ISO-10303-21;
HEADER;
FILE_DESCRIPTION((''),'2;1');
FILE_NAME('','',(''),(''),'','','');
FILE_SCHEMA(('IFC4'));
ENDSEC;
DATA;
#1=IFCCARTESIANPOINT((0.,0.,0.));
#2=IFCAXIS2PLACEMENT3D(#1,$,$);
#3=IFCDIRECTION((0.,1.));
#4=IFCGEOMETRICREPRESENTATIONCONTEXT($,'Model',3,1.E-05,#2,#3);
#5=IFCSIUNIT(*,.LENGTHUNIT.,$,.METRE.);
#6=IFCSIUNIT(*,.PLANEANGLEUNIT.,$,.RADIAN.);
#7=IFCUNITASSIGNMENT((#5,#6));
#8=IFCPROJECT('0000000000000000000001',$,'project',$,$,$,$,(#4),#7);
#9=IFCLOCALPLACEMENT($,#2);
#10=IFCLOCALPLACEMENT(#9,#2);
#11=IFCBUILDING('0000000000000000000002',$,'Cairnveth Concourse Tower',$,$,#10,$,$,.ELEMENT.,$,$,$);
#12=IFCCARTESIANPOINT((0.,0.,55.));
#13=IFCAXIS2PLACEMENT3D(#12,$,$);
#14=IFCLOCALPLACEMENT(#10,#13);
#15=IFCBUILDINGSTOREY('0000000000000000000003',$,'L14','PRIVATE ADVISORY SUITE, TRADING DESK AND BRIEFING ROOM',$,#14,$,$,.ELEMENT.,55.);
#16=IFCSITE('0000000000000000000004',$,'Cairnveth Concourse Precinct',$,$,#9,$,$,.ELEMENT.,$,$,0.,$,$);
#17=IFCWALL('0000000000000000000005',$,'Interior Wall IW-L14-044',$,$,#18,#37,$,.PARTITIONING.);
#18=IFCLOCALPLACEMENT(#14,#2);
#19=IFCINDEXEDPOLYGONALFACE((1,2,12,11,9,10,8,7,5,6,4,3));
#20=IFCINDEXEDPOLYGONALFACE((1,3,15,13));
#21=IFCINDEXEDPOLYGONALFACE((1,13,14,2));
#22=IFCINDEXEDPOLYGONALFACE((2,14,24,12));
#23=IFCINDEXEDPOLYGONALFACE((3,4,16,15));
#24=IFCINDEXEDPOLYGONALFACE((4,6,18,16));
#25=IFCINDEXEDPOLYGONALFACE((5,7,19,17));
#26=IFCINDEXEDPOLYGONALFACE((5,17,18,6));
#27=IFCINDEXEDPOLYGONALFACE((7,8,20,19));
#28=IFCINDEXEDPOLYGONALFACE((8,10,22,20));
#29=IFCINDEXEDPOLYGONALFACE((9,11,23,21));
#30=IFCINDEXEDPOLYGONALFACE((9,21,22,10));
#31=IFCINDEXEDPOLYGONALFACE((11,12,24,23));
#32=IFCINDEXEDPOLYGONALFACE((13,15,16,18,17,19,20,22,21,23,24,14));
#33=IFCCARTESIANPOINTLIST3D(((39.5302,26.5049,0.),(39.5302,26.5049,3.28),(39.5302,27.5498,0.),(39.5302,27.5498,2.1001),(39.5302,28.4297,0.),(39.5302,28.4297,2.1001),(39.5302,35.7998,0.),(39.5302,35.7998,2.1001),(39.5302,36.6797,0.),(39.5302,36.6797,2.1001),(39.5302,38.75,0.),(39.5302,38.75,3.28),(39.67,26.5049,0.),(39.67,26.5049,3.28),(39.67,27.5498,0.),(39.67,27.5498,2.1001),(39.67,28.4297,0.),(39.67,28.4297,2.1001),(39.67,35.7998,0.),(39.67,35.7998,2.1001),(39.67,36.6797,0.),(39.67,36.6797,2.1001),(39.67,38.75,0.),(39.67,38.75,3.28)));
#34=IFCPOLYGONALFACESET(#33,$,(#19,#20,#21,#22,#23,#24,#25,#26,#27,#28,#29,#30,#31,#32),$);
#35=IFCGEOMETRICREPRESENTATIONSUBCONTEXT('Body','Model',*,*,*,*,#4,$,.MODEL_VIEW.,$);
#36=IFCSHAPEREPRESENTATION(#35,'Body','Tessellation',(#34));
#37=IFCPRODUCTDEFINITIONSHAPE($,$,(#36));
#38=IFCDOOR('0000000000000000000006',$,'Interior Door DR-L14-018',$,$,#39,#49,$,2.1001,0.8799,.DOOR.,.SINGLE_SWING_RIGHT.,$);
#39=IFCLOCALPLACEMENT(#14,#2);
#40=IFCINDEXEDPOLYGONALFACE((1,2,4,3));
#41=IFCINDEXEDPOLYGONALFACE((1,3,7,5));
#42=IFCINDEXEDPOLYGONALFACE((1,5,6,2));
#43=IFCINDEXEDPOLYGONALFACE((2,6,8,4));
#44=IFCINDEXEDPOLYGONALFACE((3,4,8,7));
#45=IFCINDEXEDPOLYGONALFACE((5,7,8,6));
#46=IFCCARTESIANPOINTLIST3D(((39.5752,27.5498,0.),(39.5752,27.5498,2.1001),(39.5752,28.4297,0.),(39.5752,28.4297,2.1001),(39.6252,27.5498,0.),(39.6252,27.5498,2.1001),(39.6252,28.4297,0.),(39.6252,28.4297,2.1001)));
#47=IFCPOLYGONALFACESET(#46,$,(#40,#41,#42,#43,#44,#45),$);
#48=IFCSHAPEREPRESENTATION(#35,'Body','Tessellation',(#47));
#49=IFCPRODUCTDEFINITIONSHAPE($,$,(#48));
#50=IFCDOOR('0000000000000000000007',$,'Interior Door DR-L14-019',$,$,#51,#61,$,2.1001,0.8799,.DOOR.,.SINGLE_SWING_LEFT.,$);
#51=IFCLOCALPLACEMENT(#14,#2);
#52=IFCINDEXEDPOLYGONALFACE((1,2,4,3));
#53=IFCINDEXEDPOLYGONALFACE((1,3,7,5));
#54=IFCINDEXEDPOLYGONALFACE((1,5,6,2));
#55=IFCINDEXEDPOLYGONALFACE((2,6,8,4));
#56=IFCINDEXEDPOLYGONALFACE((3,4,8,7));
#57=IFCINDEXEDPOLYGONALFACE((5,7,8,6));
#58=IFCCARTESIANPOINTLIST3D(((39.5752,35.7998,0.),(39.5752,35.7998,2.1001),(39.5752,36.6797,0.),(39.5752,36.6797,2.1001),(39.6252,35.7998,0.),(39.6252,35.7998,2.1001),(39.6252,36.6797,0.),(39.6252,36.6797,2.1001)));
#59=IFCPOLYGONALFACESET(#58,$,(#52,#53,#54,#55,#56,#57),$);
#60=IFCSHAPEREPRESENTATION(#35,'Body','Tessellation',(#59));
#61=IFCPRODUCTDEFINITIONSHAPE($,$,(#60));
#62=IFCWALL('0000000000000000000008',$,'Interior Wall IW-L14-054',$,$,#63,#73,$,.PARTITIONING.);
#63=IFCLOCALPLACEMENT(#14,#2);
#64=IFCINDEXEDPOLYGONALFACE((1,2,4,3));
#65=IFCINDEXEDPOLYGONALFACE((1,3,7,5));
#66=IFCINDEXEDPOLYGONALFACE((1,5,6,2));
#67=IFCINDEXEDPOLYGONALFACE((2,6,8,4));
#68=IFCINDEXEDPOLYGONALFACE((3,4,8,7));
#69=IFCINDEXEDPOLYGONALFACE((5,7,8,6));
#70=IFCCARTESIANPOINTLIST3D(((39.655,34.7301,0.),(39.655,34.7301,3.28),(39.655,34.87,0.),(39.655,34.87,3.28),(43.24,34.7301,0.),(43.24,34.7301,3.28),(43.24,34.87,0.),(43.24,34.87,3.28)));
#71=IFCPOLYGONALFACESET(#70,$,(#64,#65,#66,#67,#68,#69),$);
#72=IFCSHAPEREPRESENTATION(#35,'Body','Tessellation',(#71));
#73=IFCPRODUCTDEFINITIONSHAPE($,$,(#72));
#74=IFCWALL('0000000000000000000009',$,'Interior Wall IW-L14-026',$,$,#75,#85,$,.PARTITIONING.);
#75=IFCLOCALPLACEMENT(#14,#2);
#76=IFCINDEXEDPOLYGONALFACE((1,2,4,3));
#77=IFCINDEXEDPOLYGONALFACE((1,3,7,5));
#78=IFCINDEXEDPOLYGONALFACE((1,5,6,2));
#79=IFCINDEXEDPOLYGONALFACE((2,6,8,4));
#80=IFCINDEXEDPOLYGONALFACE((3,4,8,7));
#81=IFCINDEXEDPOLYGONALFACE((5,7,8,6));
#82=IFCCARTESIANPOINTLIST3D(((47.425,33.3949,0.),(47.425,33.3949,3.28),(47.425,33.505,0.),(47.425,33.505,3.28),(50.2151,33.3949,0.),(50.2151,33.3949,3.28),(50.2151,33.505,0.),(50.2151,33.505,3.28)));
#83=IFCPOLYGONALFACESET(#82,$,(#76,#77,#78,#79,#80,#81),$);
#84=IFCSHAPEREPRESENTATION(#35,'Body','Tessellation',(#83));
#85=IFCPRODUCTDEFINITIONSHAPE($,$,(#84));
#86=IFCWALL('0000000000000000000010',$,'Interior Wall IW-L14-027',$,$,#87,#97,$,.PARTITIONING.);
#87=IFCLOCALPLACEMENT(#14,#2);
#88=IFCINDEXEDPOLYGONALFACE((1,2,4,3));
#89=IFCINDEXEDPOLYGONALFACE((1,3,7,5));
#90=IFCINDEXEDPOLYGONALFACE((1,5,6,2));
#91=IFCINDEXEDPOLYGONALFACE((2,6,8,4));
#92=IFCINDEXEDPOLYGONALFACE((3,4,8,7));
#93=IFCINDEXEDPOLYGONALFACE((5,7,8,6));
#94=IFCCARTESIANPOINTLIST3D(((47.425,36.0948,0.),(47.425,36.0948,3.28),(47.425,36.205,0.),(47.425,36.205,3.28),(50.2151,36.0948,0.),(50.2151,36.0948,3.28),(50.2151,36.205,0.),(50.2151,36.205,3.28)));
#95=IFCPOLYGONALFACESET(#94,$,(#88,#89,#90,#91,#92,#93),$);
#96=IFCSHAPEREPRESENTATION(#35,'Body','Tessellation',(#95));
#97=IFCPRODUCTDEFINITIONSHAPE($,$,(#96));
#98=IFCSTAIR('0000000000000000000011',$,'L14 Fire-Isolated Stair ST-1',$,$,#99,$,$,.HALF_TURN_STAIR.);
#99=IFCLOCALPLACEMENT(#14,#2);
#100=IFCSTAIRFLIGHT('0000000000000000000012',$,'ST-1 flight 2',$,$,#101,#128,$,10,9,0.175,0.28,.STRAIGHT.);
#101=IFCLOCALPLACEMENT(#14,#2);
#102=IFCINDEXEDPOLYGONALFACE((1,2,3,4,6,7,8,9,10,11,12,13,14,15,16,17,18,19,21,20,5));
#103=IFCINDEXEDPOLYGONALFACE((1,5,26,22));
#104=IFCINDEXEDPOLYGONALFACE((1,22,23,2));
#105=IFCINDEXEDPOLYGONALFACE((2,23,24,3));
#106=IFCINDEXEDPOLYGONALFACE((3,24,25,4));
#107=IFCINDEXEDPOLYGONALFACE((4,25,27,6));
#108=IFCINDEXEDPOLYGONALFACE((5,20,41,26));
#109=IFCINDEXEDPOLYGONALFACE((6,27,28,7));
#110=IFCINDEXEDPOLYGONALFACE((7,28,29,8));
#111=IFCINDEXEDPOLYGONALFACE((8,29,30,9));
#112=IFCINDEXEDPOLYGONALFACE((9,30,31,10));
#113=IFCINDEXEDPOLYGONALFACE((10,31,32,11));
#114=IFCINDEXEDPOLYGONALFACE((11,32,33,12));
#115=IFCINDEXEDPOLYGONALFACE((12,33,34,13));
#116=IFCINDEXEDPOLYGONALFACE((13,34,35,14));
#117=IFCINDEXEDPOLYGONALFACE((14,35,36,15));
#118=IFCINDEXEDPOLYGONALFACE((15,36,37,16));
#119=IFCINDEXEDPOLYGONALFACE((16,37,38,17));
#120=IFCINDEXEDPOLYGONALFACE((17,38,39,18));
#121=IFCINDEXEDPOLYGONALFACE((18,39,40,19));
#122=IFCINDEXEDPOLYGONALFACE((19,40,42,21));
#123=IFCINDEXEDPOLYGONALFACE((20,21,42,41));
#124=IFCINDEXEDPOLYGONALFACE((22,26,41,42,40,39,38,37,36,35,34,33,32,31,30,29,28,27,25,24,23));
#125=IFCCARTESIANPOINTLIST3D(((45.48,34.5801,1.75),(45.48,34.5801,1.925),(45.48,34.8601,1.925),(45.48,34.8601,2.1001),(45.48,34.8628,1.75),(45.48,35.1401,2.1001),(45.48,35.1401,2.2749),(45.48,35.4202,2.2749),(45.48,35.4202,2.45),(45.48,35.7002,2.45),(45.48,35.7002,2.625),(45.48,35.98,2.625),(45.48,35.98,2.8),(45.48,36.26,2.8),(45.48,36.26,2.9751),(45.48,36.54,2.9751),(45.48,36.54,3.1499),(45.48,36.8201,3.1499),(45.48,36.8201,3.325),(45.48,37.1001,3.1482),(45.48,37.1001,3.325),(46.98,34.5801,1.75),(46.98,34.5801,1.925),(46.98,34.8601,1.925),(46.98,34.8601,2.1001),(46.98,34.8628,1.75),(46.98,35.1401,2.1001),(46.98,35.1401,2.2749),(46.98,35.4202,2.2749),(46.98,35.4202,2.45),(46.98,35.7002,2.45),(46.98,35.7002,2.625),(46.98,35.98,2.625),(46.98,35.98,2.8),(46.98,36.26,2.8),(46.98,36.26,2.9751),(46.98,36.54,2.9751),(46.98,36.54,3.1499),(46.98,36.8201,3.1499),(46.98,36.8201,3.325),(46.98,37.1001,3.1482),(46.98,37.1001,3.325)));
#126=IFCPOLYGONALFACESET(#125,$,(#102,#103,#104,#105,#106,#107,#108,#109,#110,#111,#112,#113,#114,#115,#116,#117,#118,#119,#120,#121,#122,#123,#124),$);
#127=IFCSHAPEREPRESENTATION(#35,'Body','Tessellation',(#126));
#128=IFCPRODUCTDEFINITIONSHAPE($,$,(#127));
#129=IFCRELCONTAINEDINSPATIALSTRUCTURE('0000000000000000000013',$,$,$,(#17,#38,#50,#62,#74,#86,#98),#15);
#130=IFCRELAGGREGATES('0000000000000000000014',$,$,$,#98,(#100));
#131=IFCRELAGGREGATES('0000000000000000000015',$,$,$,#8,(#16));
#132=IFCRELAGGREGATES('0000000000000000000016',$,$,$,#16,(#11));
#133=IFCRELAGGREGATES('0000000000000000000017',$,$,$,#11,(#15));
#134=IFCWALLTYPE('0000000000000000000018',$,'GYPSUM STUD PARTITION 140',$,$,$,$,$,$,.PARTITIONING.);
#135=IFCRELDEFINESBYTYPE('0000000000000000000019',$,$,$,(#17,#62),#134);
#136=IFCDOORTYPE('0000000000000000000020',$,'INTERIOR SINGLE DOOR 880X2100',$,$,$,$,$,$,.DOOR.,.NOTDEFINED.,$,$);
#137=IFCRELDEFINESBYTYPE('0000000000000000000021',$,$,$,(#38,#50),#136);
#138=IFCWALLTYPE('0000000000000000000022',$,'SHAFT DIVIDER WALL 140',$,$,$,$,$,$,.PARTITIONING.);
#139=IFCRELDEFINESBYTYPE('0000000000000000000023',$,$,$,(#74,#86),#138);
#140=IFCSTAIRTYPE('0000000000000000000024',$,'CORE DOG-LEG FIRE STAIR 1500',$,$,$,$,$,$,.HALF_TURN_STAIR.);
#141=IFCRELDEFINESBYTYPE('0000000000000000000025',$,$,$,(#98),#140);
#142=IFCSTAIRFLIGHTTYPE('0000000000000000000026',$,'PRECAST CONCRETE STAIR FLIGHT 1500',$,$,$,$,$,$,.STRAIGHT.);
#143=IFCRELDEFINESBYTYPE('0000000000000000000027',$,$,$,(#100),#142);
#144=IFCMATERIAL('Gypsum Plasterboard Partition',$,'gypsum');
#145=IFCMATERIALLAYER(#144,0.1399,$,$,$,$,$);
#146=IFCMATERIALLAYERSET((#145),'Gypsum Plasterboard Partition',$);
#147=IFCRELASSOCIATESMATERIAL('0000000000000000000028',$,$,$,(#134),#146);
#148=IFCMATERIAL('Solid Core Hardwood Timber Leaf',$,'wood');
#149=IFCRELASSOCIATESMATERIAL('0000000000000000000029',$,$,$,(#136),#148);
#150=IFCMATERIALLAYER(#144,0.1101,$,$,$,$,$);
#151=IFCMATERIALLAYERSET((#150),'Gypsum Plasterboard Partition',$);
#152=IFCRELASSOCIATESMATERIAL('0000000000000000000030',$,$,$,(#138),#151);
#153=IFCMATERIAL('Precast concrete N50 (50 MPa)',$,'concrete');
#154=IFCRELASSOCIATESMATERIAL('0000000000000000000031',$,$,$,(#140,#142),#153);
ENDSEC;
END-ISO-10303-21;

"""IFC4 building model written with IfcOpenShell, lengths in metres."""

from ifc_helpers import new_model, si_unit, direction, frame, frame_2d, origin, place, context, subcontext, project, spatial, polyline, rectangle, outline, extrude, material, layer, layer_set, type_object, element, fill, aggregate, save


model = new_model("IFC4")

# Units and contexts
model_context = context("Model", 3, precision=1e-05, world=origin(), true_north=direction((0.0, 1.0)))
body_context = subcontext(model_context, "Body", "Model", "MODEL_VIEW")
ifc_project = project(units=[si_unit("LENGTHUNIT", "METRE"), si_unit("PLANEANGLEUNIT", "RADIAN")], contexts=[model_context])

# Site, building, storey
site_placement = place(None, origin())
site = spatial("IfcSite", under=ifc_project, at=site_placement, Name="Cairnveth Concourse Precinct", CompositionType="ELEMENT", RefElevation=0.0)
building_placement = place(site_placement, origin())
building = spatial("IfcBuilding", under=site, at=building_placement, Name="Cairnveth Concourse Tower", CompositionType="ELEMENT")
storey_placement = place(building_placement, frame((0.0, 0.0, 55.0)))
storey = spatial("IfcBuildingStorey", under=building, at=storey_placement, Name="L14", Description="PRIVATE ADVISORY SUITE, TRADING DESK AND BRIEFING ROOM", CompositionType="ELEMENT", Elevation=55.0)

# Wall, openings, doors
ifc_material_1 = material(Name="Gypsum Plasterboard Partition", Category="gypsum")
ifc_layer_1 = layer(ifc_material_1, 0.1399)
ifc_layer_set_1 = layer_set([ifc_layer_1], Name="Gypsum Plasterboard Partition")
wall_type_1 = type_object("IfcWallType", Name="GYPSUM STUD PARTITION 140", PredefinedType="PARTITIONING", material=ifc_layer_set_1)
ifc_material_2 = material(Name="Solid Core Hardwood Timber Leaf", Category="wood")
wall_1_placement = place(storey_placement, frame((39.6001, 26.5049, 0.0), z_axis=(0.0, 0.0, 1.0), x_axis=(0.0, 1.0, 0.0)))
wall_1 = element("IfcWall", 1, at=wall_1_placement, inside=storey, type_object=wall_type_1, Name="Interior Wall IW-L14-044", PredefinedType="PARTITIONING", context=body_context, shape_type="SweptSolid", body=[
    extrude(rectangle(XDim=12.2451, YDim=0.1399, at=frame_2d((6.1226, 0.0))), origin(), (0.0, 0.0, 1.0), 3.28),
])
opening_1_placement = place(wall_1_placement, frame((1.0449, 0.0, 0.0)))
opening_1 = element("IfcOpeningElement", 2, at=opening_1_placement, cuts=wall_1, PredefinedType="OPENING", context=body_context, shape_type="SweptSolid", body=[
    extrude(rectangle(XDim=0.8799, YDim=2.1001, at=frame_2d((0.4399, 1.05))), frame((0.0, 0.0798, 0.0), z_axis=(0.0, -1.0, 0.0), x_axis=(1.0, 0.0, 0.0)), (0.0, 0.0, 1.0), 0.1599),
])
opening_2_placement = place(wall_1_placement, frame((9.2949, 0.0, 0.0)))
opening_2 = element("IfcOpeningElement", 3, at=opening_2_placement, cuts=wall_1, PredefinedType="OPENING", context=body_context, shape_type="SweptSolid", body=[
    extrude(rectangle(XDim=0.8799, YDim=2.1001, at=frame_2d((0.4399, 1.05))), frame((0.0, 0.0798, 0.0), z_axis=(0.0, -1.0, 0.0), x_axis=(1.0, 0.0, 0.0)), (0.0, 0.0, 1.0), 0.1599),
])
door_type_1 = type_object("IfcDoorType", Name="INTERIOR SINGLE DOOR 880X2100", OperationType="NOTDEFINED", PredefinedType="DOOR", material=ifc_material_2)
door_1_placement = place(opening_1_placement, origin())
door_1 = element("IfcDoor", 4, at=door_1_placement, inside=storey, type_object=door_type_1, Name="Interior Door DR-L14-018", OperationType="SINGLE_SWING_RIGHT", OverallHeight=2.1001, OverallWidth=0.8799, PredefinedType="DOOR", context=body_context, shape_type="SweptSolid", body=[
    extrude(rectangle(XDim=0.8799, YDim=2.1001, at=frame_2d((0.4399, 1.05))), frame((0.0, 0.0249, 0.0), z_axis=(0.0, -1.0, 0.0), x_axis=(1.0, 0.0, 0.0)), (0.0, 0.0, 1.0), 0.05),
])
fill(opening_1, door_1)
door_2_placement = place(opening_2_placement, origin())
door_2 = element("IfcDoor", 5, at=door_2_placement, inside=storey, type_object=door_type_1, Name="Interior Door DR-L14-019", OperationType="SINGLE_SWING_LEFT", OverallHeight=2.1001, OverallWidth=0.8799, PredefinedType="DOOR", context=body_context, shape_type="SweptSolid", body=[
    extrude(rectangle(XDim=0.8799, YDim=2.1001, at=frame_2d((0.4399, 1.05))), frame((0.0, 0.0249, 0.0), z_axis=(0.0, -1.0, 0.0), x_axis=(1.0, 0.0, 0.0)), (0.0, 0.0, 1.0), 0.05),
])
fill(opening_2, door_2)

# Walls
wall_2_placement = place(storey_placement, frame((39.655, 34.8, 0.0), z_axis=(0.0, 0.0, 1.0), x_axis=(1.0, 0.0, 0.0)))
element("IfcWall", 6, at=wall_2_placement, inside=storey, type_object=wall_type_1, Name="Interior Wall IW-L14-054", PredefinedType="PARTITIONING", context=body_context, shape_type="SweptSolid", body=[
    extrude(rectangle(XDim=3.585, YDim=0.1399, at=frame_2d((1.7925, 0.0))), origin(), (0.0, 0.0, 1.0), 3.28),
])
ifc_layer_2 = layer(ifc_material_1, 0.1101)
ifc_layer_set_2 = layer_set([ifc_layer_2], Name="Gypsum Plasterboard Partition")
wall_type_2 = type_object("IfcWallType", Name="SHAFT DIVIDER WALL 140", PredefinedType="PARTITIONING", material=ifc_layer_set_2)
for number, where, z_axis, x_axis, name in (
    (7, (47.425, 33.45, 0.0), (0.0, 0.0, 1.0), (1.0, 0.0, 0.0), "Interior Wall IW-L14-026"),
    (8, (47.425, 36.1499, 0.0), (0.0, 0.0, 1.0), (1.0, 0.0, 0.0), "Interior Wall IW-L14-027"),
):
    element("IfcWall", number, at=place(storey_placement, frame(where, z_axis=z_axis, x_axis=x_axis)), inside=storey, type_object=wall_type_2, Name=name, PredefinedType="PARTITIONING", context=body_context, shape_type="SweptSolid", body=[
        extrude(rectangle(XDim=2.79, YDim=0.1101, at=frame_2d((1.395, 0.0))), origin(), (0.0, 0.0, 1.0), 3.28),
    ])

# Stair, stair flight
ifc_material_3 = material(Name="Precast concrete N50 (50 MPa)", Category="concrete")
stair_type = type_object("IfcStairType", Name="CORE DOG-LEG FIRE STAIR 1500", PredefinedType="HALF_TURN_STAIR", material=ifc_material_3)
stair_placement = place(storey_placement, origin())
stair = element("IfcStair", 9, at=stair_placement, inside=storey, type_object=stair_type, Name="L14 Fire-Isolated Stair ST-1", PredefinedType="HALF_TURN_STAIR")
stair_flight_type = type_object("IfcStairFlightType", Name="PRECAST CONCRETE STAIR FLIGHT 1500", PredefinedType="STRAIGHT", material=ifc_material_3)
stair_flight_placement = place(storey_placement, frame((46.23, 34.5801, 1.75), z_axis=(0.0, 0.0, 1.0), x_axis=(0.0, 1.0, 0.0)))
stair_flight = element("IfcStairFlight", 10, at=stair_flight_placement, type_object=stair_flight_type, Name="ST-1 flight 2", NumberOfRisers=10, NumberOfTreads=9, PredefinedType="STRAIGHT", RiserHeight=0.175, TreadLength=0.28, context=body_context, shape_type="SweptSolid", body=[
    extrude(outline(polyline([(0.0, 0.0), (0.0, 0.175), (0.28, 0.175), (0.28, 0.3501), (0.5601, 0.3501), (0.5601, 0.5249), (0.8401, 0.5249), (0.8401, 0.7), (1.1201, 0.7), (1.1201, 0.875), (1.3999, 0.875), (1.3999, 1.05), (1.6799, 1.05), (1.6799, 1.2251), (1.96, 1.2251), (1.96, 1.3999), (2.24, 1.3999), (2.24, 1.575), (2.52, 1.575), (2.52, 1.75), (2.52, 1.3982), (0.2827, 0.0), (0.0, 0.0)])), frame((0.0, 0.75, 0.0), z_axis=(0.0, -1.0, 0.0), x_axis=(1.0, 0.0, 0.0)), (0.0, 0.0, 1.0), 1.5),
])
aggregate(stair, [stair_flight])

save(model, "model.ifc")
